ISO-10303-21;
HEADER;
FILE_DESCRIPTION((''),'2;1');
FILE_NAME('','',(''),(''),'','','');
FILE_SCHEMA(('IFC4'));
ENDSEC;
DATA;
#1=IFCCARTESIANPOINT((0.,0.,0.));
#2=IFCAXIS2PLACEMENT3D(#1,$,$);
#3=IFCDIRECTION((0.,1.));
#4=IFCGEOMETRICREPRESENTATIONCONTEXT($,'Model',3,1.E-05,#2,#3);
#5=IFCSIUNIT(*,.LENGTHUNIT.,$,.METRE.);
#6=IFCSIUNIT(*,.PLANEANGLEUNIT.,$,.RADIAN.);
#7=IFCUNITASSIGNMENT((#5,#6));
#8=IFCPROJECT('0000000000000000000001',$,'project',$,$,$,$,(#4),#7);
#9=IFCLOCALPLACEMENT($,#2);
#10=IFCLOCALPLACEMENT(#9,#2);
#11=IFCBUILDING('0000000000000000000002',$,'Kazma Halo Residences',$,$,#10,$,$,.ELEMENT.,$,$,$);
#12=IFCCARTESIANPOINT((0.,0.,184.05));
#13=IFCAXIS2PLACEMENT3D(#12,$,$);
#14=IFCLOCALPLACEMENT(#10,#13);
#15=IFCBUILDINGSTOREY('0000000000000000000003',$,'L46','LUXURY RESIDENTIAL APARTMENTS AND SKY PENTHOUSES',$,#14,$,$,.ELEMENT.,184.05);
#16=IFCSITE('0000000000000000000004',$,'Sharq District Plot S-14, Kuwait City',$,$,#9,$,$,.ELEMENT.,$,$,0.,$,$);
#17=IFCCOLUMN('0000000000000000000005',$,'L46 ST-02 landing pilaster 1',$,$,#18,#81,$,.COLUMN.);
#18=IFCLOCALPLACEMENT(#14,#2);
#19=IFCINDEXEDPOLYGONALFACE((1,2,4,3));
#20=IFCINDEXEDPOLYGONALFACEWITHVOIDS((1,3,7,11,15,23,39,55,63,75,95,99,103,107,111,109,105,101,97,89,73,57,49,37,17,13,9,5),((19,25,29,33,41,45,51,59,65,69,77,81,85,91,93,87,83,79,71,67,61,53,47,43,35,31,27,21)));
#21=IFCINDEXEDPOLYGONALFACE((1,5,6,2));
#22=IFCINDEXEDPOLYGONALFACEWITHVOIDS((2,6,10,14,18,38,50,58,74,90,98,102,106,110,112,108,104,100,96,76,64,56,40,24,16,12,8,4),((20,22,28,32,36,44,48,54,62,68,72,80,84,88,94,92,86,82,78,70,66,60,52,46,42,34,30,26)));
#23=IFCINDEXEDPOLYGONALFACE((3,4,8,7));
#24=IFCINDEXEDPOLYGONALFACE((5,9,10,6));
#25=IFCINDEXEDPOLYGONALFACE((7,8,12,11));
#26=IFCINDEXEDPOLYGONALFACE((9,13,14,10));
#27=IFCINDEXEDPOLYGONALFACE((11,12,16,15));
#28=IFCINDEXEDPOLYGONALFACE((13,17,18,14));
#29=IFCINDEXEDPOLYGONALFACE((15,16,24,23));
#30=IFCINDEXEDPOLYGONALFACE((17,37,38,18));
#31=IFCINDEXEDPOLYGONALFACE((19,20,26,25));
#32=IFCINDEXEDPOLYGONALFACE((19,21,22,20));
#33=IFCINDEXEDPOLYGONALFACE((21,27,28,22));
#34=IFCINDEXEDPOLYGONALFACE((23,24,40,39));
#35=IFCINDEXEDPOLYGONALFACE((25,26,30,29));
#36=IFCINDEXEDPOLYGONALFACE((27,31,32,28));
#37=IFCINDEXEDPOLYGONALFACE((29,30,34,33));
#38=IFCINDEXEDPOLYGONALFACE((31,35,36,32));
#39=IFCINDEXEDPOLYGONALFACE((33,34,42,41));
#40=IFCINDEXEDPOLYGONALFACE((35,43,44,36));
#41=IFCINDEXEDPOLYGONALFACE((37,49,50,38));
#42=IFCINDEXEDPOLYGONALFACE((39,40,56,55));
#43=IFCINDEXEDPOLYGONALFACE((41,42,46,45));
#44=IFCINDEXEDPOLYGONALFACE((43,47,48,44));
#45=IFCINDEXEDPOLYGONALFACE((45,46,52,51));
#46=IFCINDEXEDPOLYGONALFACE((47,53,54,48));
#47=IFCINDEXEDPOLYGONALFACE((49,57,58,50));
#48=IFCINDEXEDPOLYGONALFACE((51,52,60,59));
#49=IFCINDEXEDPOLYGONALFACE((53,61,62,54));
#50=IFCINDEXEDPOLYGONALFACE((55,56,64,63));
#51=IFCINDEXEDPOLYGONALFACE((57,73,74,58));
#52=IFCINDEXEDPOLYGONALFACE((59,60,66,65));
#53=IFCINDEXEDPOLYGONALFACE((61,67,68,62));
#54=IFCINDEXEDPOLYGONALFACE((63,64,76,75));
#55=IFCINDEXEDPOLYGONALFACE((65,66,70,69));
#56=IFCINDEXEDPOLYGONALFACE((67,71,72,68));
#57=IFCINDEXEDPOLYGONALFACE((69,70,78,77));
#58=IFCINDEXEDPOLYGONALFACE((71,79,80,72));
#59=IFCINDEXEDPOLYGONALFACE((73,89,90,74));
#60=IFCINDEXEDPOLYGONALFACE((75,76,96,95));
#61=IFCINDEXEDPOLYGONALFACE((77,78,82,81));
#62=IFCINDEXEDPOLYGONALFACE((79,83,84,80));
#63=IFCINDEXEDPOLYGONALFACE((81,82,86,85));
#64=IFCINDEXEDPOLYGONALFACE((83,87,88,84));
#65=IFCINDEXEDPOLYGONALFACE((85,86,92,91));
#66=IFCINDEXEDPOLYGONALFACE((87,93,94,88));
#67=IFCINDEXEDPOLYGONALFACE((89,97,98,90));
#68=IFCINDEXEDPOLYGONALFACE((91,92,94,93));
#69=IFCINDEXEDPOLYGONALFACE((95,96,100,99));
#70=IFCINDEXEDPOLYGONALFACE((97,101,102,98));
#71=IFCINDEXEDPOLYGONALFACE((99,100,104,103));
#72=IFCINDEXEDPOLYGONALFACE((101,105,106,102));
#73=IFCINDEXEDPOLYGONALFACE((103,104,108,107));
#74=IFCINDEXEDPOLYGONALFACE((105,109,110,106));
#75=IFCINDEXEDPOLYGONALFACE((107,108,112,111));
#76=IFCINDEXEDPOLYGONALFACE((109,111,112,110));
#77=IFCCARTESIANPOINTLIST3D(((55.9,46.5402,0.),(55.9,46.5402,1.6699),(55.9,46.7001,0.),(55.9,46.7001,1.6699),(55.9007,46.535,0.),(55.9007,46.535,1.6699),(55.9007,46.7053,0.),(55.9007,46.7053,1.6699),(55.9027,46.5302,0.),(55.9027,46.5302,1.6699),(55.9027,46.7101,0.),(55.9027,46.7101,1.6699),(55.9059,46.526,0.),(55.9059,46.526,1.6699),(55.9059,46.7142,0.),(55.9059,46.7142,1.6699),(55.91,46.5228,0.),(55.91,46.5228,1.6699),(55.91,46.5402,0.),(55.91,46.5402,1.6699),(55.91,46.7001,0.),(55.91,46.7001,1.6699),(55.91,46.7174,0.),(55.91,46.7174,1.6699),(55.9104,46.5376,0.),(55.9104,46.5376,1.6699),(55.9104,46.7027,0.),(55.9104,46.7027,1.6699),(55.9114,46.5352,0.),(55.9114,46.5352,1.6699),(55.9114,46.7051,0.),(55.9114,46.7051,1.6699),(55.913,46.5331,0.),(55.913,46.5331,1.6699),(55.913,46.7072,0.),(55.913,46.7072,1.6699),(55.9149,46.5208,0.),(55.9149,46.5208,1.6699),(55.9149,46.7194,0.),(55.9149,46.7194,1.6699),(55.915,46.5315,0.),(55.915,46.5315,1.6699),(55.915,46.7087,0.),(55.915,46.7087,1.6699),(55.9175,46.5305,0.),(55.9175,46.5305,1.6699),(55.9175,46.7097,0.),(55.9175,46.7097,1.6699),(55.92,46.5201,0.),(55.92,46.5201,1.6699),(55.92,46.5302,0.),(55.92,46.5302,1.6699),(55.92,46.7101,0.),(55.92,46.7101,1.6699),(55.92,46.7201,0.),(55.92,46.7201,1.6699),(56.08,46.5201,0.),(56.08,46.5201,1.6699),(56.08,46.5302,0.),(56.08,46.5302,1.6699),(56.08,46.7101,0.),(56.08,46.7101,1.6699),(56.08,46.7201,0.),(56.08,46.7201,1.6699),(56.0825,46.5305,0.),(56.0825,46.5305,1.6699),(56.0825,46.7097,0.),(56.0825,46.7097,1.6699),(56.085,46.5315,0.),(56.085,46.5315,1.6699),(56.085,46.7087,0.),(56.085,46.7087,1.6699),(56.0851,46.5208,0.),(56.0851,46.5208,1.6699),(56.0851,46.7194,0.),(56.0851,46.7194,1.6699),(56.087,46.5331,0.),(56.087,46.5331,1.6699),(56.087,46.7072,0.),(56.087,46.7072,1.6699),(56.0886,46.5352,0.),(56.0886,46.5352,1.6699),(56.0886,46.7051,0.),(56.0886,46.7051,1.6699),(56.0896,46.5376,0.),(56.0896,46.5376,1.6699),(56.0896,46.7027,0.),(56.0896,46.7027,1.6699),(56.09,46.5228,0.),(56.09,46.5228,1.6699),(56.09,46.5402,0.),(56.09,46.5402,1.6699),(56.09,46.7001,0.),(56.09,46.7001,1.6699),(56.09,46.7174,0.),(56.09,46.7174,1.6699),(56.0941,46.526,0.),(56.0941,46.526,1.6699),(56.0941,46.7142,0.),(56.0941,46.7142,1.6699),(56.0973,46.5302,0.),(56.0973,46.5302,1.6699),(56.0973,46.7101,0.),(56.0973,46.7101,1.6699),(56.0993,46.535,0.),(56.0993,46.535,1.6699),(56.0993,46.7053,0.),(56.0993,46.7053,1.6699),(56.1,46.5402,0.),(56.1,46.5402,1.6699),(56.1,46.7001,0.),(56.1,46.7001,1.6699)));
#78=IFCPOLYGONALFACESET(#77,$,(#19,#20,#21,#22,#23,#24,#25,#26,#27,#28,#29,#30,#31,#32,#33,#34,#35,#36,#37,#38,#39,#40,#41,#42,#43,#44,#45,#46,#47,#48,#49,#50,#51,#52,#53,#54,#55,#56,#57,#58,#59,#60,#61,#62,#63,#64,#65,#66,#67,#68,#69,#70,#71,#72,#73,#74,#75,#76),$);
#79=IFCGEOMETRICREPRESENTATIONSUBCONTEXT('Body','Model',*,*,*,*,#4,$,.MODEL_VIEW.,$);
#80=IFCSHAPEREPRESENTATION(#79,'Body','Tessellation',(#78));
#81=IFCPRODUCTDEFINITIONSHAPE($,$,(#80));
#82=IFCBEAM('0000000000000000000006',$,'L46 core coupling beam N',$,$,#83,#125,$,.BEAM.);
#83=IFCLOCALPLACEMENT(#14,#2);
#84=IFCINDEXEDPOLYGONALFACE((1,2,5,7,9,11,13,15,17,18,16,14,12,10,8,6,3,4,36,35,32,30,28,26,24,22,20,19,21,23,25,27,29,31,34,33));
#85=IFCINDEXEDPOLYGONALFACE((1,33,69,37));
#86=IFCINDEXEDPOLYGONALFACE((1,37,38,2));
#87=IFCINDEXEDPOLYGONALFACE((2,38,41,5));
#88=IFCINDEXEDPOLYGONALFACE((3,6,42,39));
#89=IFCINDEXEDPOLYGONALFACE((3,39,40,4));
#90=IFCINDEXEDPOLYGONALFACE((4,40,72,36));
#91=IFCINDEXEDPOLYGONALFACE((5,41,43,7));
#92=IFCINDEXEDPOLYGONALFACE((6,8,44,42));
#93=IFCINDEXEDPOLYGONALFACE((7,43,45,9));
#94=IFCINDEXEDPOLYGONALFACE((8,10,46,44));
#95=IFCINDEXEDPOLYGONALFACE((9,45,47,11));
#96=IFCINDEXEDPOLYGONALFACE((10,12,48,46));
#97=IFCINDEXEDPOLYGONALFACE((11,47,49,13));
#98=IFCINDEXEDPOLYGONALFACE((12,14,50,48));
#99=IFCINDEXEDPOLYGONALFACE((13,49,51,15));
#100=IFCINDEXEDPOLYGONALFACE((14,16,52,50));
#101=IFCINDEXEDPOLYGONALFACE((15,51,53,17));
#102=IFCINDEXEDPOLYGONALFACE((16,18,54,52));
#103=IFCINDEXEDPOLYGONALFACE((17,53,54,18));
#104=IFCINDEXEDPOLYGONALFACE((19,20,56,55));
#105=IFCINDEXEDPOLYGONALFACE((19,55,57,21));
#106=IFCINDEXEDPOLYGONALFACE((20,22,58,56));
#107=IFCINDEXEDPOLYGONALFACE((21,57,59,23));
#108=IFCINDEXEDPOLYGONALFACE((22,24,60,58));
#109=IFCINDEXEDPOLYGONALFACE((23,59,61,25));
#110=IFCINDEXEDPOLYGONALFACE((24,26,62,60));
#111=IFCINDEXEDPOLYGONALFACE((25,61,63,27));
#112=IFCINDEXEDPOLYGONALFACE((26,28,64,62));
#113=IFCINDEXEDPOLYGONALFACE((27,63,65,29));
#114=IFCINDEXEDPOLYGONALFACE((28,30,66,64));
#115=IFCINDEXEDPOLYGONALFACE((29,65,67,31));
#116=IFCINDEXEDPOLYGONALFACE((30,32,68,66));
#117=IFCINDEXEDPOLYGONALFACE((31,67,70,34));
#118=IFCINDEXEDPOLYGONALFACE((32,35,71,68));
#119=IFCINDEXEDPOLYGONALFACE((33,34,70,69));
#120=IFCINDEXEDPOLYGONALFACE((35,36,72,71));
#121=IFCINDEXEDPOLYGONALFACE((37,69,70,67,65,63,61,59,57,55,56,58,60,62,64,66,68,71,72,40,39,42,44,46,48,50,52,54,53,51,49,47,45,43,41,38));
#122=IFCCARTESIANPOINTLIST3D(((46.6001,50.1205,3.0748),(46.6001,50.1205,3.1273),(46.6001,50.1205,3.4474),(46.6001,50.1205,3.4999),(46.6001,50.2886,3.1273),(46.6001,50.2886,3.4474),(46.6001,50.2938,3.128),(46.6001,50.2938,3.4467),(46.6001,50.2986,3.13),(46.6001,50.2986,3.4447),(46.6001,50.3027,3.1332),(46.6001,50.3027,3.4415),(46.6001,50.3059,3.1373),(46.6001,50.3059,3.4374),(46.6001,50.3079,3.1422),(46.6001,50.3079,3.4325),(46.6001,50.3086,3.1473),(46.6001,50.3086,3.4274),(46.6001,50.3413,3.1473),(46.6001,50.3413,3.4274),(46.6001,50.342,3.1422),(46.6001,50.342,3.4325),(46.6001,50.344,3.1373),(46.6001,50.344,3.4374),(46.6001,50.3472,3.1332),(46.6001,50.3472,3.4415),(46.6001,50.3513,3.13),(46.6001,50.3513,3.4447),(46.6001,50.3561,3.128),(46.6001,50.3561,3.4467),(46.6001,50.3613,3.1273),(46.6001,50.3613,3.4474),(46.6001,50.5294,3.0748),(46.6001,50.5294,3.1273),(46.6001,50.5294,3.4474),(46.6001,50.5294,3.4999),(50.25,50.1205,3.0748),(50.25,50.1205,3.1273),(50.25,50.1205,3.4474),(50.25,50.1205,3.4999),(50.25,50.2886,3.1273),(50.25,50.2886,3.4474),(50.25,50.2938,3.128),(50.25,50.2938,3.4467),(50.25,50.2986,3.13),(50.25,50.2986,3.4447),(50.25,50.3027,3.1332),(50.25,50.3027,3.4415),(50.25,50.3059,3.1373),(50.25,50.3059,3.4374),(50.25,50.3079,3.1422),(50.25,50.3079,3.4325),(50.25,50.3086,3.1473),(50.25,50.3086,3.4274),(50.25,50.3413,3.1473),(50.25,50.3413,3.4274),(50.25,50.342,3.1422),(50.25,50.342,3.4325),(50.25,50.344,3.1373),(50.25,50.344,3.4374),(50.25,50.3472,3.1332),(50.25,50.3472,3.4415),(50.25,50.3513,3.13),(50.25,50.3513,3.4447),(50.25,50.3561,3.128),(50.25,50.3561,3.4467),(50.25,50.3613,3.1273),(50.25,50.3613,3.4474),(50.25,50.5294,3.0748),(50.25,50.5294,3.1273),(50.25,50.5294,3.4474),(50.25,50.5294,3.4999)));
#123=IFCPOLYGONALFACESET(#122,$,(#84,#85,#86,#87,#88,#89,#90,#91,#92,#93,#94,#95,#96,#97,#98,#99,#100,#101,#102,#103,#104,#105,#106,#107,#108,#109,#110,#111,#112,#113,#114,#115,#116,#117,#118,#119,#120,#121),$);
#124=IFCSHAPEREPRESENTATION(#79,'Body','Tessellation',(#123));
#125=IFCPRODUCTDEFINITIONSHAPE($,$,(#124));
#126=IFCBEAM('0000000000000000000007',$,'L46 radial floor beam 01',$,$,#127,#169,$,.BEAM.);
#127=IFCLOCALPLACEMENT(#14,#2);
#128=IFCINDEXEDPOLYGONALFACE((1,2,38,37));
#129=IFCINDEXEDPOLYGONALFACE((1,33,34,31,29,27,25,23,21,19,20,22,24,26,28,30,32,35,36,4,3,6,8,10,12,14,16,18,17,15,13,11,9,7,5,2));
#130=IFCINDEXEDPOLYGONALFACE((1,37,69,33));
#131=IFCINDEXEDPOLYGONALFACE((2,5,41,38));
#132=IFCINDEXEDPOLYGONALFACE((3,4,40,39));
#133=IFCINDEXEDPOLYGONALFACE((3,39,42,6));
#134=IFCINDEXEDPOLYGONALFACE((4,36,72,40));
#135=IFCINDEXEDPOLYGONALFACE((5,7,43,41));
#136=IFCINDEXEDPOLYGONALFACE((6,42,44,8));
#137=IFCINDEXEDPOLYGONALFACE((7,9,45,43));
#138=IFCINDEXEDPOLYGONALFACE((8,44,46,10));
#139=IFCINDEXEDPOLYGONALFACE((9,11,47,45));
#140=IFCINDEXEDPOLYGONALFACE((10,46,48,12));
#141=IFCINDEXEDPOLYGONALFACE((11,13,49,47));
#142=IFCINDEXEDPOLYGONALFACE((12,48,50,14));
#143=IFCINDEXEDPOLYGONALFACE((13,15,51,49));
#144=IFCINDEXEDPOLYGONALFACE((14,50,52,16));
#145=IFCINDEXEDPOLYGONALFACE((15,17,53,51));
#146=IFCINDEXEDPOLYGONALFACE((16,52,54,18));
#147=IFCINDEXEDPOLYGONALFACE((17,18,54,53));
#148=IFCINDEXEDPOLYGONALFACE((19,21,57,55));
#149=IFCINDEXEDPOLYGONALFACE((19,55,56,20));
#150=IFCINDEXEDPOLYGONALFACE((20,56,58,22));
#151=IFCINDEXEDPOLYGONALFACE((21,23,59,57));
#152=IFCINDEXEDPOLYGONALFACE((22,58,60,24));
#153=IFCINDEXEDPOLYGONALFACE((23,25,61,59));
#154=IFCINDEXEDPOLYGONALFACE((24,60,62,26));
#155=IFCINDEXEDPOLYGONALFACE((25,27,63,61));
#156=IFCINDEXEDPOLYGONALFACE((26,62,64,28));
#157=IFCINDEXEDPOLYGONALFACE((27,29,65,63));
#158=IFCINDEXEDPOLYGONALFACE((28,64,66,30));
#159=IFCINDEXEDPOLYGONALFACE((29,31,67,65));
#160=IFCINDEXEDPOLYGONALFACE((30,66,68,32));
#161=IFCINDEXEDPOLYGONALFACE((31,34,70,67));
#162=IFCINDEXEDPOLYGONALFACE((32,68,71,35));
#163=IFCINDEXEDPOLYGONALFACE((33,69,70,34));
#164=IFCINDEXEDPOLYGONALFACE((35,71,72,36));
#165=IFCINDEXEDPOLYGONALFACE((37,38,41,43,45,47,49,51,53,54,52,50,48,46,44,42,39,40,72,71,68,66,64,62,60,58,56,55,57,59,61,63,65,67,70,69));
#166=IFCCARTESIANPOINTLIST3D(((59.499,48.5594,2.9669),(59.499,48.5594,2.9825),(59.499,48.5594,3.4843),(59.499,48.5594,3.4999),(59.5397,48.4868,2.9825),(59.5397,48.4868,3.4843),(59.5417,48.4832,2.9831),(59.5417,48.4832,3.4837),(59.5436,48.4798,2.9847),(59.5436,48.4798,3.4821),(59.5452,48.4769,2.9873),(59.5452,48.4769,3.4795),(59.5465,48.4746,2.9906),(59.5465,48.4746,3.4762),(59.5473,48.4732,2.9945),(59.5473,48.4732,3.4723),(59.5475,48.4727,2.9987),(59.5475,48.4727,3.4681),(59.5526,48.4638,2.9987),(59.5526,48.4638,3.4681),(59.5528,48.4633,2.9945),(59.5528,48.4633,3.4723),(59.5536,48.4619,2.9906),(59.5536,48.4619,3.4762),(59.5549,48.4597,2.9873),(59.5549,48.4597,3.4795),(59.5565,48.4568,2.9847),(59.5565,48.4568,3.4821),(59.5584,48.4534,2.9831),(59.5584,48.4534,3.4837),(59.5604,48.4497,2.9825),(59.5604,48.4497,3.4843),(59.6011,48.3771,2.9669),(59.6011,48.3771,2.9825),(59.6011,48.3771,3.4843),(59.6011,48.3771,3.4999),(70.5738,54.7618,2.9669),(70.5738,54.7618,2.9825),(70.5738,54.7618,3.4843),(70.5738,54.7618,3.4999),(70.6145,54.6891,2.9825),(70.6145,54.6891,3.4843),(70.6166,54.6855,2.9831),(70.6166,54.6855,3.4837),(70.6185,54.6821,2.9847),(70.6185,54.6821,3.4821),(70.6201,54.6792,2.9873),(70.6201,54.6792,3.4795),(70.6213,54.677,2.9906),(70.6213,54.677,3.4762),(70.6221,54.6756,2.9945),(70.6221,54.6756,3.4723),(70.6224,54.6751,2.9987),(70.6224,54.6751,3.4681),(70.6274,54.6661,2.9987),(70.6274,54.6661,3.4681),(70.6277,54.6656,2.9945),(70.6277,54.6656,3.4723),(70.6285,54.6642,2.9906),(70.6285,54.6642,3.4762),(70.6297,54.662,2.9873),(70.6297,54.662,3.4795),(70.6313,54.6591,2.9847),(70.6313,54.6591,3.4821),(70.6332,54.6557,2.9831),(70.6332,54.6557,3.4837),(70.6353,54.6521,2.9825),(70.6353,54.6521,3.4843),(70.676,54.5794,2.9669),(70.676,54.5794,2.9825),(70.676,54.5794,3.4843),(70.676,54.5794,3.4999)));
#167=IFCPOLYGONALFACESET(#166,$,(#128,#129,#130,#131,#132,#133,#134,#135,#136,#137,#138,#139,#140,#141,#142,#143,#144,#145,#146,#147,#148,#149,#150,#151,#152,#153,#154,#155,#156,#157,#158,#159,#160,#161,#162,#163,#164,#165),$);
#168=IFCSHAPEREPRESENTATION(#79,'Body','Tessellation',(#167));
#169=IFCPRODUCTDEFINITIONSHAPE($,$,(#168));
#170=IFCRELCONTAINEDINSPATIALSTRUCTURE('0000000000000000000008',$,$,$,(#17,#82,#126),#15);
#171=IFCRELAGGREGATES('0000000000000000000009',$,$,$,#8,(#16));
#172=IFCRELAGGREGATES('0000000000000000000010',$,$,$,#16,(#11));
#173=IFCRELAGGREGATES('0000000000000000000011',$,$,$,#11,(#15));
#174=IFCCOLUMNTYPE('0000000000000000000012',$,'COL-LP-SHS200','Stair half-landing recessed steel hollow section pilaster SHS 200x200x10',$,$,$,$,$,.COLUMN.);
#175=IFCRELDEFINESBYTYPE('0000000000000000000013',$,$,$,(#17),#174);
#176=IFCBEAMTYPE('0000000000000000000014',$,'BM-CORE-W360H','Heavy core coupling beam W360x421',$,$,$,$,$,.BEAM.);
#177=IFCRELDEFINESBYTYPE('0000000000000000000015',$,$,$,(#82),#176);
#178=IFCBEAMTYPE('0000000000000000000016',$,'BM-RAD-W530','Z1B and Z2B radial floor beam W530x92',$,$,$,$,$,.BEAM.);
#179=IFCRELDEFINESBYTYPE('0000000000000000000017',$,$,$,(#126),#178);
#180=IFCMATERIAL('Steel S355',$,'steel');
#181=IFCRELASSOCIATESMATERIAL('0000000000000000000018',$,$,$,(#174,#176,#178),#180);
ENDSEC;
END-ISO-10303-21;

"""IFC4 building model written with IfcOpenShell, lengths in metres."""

from ifc_helpers import new_model, si_unit, direction, frame, origin, origin_2d, place, context, subcontext, project, spatial, hollow_rectangle, i_section, extrude, material, material_profile, profile_set, type_object, element, save


model = new_model("IFC4")

# Units and contexts
model_context = context("Model", 3, precision=1e-05, world=origin(), true_north=direction((0.0, 1.0)))
body_context = subcontext(model_context, "Body", "Model", "MODEL_VIEW")
ifc_project = project(units=[si_unit("LENGTHUNIT", "METRE"), si_unit("PLANEANGLEUNIT", "RADIAN")], contexts=[model_context])

# Site, building, storey
site_placement = place(None, origin())
site = spatial("IfcSite", under=ifc_project, at=site_placement, Name="Sharq District Plot S-14, Kuwait City", CompositionType="ELEMENT", RefElevation=0.0)
building_placement = place(site_placement, origin())
building = spatial("IfcBuilding", under=site, at=building_placement, Name="Kazma Halo Residences", CompositionType="ELEMENT")
storey_placement = place(building_placement, frame((0.0, 0.0, 184.05)))
storey = spatial("IfcBuildingStorey", under=building, at=storey_placement, Name="L46", Description="LUXURY RESIDENTIAL APARTMENTS AND SKY PENTHOUSES", CompositionType="ELEMENT", Elevation=184.05)

# Column
ifc_material_1 = material(Name="Steel S355", Category="steel")
ifc_material_profile_1 = material_profile(ifc_material_1, hollow_rectangle(XDim=0.2, YDim=0.2, WallThickness=0.01, InnerFilletRadius=0.01, OuterFilletRadius=0.02, at=origin_2d()), Name="SHS200x200x10")
ifc_profile_set_1 = profile_set([ifc_material_profile_1], Name="Steel S355")
column_type = type_object("IfcColumnType", Name="COL-LP-SHS200", Description="Stair half-landing recessed steel hollow section pilaster SHS 200x200x10", PredefinedType="COLUMN", material=ifc_profile_set_1)
column_placement = place(storey_placement, frame((56.0, 46.6201, 0.0), z_axis=(0.0, 0.0, 1.0), x_axis=(1.0, 0.0, 0.0)))
element("IfcColumn", 1, at=column_placement, inside=storey, type_object=column_type, Name="L46 ST-02 landing pilaster 1", PredefinedType="COLUMN", context=body_context, shape_type="SweptSolid", body=[
    extrude(hollow_rectangle(XDim=0.2, YDim=0.2, WallThickness=0.01, InnerFilletRadius=0.01, OuterFilletRadius=0.02, at=origin_2d()), origin(), (0.0, 0.0, 1.0), 1.6699),
])

# Beams
ifc_material_profile_2 = material_profile(ifc_material_1, i_section(OverallWidth=0.4089, OverallDepth=0.425, WebThickness=0.0327, FlangeThickness=0.0525, FilletRadius=0.02, at=origin_2d()), Name="W360x421")
ifc_profile_set_2 = profile_set([ifc_material_profile_2], Name="Steel S355")
beam_type_1 = type_object("IfcBeamType", Name="BM-CORE-W360H", Description="Heavy core coupling beam W360x421", PredefinedType="BEAM", material=ifc_profile_set_2)
beam_1_placement = place(storey_placement, frame((46.6001, 50.325, 3.2874), z_axis=(1.0, 0.0, 0.0), x_axis=(0.0, 1.0, 0.0)))
element("IfcBeam", 2, at=beam_1_placement, inside=storey, type_object=beam_type_1, Name="L46 core coupling beam N", PredefinedType="BEAM", context=body_context, shape_type="SweptSolid", body=[
    extrude(i_section(OverallWidth=0.4089, OverallDepth=0.425, WebThickness=0.0327, FlangeThickness=0.0525, FilletRadius=0.02, at=origin_2d()), origin(), (0.0, 0.0, 1.0), 3.6499),
])
ifc_material_profile_3 = material_profile(ifc_material_1, i_section(OverallWidth=0.209, OverallDepth=0.533, WebThickness=0.0103, FlangeThickness=0.0156, FilletRadius=0.0161, at=origin_2d()), Name="W530x92")
ifc_profile_set_3 = profile_set([ifc_material_profile_3], Name="Steel S355")
beam_type_2 = type_object("IfcBeamType", Name="BM-RAD-W530", Description="Z1B and Z2B radial floor beam W530x92", PredefinedType="BEAM", material=ifc_profile_set_3)
beam_2_placement = place(storey_placement, frame((59.55, 48.4683, 3.2334), z_axis=(0.872492, 0.488629, 0.0), x_axis=(-0.488629, 0.872492, 0.0)))
element("IfcBeam", 3, at=beam_2_placement, inside=storey, type_object=beam_type_2, Name="L46 radial floor beam 01", PredefinedType="BEAM", context=body_context, shape_type="SweptSolid", body=[
    extrude(i_section(OverallWidth=0.209, OverallDepth=0.533, WebThickness=0.0103, FlangeThickness=0.0156, FilletRadius=0.0161, at=origin_2d()), origin(), (0.0, 0.0, 1.0), 12.6934),
])

save(model, "model.ifc")
